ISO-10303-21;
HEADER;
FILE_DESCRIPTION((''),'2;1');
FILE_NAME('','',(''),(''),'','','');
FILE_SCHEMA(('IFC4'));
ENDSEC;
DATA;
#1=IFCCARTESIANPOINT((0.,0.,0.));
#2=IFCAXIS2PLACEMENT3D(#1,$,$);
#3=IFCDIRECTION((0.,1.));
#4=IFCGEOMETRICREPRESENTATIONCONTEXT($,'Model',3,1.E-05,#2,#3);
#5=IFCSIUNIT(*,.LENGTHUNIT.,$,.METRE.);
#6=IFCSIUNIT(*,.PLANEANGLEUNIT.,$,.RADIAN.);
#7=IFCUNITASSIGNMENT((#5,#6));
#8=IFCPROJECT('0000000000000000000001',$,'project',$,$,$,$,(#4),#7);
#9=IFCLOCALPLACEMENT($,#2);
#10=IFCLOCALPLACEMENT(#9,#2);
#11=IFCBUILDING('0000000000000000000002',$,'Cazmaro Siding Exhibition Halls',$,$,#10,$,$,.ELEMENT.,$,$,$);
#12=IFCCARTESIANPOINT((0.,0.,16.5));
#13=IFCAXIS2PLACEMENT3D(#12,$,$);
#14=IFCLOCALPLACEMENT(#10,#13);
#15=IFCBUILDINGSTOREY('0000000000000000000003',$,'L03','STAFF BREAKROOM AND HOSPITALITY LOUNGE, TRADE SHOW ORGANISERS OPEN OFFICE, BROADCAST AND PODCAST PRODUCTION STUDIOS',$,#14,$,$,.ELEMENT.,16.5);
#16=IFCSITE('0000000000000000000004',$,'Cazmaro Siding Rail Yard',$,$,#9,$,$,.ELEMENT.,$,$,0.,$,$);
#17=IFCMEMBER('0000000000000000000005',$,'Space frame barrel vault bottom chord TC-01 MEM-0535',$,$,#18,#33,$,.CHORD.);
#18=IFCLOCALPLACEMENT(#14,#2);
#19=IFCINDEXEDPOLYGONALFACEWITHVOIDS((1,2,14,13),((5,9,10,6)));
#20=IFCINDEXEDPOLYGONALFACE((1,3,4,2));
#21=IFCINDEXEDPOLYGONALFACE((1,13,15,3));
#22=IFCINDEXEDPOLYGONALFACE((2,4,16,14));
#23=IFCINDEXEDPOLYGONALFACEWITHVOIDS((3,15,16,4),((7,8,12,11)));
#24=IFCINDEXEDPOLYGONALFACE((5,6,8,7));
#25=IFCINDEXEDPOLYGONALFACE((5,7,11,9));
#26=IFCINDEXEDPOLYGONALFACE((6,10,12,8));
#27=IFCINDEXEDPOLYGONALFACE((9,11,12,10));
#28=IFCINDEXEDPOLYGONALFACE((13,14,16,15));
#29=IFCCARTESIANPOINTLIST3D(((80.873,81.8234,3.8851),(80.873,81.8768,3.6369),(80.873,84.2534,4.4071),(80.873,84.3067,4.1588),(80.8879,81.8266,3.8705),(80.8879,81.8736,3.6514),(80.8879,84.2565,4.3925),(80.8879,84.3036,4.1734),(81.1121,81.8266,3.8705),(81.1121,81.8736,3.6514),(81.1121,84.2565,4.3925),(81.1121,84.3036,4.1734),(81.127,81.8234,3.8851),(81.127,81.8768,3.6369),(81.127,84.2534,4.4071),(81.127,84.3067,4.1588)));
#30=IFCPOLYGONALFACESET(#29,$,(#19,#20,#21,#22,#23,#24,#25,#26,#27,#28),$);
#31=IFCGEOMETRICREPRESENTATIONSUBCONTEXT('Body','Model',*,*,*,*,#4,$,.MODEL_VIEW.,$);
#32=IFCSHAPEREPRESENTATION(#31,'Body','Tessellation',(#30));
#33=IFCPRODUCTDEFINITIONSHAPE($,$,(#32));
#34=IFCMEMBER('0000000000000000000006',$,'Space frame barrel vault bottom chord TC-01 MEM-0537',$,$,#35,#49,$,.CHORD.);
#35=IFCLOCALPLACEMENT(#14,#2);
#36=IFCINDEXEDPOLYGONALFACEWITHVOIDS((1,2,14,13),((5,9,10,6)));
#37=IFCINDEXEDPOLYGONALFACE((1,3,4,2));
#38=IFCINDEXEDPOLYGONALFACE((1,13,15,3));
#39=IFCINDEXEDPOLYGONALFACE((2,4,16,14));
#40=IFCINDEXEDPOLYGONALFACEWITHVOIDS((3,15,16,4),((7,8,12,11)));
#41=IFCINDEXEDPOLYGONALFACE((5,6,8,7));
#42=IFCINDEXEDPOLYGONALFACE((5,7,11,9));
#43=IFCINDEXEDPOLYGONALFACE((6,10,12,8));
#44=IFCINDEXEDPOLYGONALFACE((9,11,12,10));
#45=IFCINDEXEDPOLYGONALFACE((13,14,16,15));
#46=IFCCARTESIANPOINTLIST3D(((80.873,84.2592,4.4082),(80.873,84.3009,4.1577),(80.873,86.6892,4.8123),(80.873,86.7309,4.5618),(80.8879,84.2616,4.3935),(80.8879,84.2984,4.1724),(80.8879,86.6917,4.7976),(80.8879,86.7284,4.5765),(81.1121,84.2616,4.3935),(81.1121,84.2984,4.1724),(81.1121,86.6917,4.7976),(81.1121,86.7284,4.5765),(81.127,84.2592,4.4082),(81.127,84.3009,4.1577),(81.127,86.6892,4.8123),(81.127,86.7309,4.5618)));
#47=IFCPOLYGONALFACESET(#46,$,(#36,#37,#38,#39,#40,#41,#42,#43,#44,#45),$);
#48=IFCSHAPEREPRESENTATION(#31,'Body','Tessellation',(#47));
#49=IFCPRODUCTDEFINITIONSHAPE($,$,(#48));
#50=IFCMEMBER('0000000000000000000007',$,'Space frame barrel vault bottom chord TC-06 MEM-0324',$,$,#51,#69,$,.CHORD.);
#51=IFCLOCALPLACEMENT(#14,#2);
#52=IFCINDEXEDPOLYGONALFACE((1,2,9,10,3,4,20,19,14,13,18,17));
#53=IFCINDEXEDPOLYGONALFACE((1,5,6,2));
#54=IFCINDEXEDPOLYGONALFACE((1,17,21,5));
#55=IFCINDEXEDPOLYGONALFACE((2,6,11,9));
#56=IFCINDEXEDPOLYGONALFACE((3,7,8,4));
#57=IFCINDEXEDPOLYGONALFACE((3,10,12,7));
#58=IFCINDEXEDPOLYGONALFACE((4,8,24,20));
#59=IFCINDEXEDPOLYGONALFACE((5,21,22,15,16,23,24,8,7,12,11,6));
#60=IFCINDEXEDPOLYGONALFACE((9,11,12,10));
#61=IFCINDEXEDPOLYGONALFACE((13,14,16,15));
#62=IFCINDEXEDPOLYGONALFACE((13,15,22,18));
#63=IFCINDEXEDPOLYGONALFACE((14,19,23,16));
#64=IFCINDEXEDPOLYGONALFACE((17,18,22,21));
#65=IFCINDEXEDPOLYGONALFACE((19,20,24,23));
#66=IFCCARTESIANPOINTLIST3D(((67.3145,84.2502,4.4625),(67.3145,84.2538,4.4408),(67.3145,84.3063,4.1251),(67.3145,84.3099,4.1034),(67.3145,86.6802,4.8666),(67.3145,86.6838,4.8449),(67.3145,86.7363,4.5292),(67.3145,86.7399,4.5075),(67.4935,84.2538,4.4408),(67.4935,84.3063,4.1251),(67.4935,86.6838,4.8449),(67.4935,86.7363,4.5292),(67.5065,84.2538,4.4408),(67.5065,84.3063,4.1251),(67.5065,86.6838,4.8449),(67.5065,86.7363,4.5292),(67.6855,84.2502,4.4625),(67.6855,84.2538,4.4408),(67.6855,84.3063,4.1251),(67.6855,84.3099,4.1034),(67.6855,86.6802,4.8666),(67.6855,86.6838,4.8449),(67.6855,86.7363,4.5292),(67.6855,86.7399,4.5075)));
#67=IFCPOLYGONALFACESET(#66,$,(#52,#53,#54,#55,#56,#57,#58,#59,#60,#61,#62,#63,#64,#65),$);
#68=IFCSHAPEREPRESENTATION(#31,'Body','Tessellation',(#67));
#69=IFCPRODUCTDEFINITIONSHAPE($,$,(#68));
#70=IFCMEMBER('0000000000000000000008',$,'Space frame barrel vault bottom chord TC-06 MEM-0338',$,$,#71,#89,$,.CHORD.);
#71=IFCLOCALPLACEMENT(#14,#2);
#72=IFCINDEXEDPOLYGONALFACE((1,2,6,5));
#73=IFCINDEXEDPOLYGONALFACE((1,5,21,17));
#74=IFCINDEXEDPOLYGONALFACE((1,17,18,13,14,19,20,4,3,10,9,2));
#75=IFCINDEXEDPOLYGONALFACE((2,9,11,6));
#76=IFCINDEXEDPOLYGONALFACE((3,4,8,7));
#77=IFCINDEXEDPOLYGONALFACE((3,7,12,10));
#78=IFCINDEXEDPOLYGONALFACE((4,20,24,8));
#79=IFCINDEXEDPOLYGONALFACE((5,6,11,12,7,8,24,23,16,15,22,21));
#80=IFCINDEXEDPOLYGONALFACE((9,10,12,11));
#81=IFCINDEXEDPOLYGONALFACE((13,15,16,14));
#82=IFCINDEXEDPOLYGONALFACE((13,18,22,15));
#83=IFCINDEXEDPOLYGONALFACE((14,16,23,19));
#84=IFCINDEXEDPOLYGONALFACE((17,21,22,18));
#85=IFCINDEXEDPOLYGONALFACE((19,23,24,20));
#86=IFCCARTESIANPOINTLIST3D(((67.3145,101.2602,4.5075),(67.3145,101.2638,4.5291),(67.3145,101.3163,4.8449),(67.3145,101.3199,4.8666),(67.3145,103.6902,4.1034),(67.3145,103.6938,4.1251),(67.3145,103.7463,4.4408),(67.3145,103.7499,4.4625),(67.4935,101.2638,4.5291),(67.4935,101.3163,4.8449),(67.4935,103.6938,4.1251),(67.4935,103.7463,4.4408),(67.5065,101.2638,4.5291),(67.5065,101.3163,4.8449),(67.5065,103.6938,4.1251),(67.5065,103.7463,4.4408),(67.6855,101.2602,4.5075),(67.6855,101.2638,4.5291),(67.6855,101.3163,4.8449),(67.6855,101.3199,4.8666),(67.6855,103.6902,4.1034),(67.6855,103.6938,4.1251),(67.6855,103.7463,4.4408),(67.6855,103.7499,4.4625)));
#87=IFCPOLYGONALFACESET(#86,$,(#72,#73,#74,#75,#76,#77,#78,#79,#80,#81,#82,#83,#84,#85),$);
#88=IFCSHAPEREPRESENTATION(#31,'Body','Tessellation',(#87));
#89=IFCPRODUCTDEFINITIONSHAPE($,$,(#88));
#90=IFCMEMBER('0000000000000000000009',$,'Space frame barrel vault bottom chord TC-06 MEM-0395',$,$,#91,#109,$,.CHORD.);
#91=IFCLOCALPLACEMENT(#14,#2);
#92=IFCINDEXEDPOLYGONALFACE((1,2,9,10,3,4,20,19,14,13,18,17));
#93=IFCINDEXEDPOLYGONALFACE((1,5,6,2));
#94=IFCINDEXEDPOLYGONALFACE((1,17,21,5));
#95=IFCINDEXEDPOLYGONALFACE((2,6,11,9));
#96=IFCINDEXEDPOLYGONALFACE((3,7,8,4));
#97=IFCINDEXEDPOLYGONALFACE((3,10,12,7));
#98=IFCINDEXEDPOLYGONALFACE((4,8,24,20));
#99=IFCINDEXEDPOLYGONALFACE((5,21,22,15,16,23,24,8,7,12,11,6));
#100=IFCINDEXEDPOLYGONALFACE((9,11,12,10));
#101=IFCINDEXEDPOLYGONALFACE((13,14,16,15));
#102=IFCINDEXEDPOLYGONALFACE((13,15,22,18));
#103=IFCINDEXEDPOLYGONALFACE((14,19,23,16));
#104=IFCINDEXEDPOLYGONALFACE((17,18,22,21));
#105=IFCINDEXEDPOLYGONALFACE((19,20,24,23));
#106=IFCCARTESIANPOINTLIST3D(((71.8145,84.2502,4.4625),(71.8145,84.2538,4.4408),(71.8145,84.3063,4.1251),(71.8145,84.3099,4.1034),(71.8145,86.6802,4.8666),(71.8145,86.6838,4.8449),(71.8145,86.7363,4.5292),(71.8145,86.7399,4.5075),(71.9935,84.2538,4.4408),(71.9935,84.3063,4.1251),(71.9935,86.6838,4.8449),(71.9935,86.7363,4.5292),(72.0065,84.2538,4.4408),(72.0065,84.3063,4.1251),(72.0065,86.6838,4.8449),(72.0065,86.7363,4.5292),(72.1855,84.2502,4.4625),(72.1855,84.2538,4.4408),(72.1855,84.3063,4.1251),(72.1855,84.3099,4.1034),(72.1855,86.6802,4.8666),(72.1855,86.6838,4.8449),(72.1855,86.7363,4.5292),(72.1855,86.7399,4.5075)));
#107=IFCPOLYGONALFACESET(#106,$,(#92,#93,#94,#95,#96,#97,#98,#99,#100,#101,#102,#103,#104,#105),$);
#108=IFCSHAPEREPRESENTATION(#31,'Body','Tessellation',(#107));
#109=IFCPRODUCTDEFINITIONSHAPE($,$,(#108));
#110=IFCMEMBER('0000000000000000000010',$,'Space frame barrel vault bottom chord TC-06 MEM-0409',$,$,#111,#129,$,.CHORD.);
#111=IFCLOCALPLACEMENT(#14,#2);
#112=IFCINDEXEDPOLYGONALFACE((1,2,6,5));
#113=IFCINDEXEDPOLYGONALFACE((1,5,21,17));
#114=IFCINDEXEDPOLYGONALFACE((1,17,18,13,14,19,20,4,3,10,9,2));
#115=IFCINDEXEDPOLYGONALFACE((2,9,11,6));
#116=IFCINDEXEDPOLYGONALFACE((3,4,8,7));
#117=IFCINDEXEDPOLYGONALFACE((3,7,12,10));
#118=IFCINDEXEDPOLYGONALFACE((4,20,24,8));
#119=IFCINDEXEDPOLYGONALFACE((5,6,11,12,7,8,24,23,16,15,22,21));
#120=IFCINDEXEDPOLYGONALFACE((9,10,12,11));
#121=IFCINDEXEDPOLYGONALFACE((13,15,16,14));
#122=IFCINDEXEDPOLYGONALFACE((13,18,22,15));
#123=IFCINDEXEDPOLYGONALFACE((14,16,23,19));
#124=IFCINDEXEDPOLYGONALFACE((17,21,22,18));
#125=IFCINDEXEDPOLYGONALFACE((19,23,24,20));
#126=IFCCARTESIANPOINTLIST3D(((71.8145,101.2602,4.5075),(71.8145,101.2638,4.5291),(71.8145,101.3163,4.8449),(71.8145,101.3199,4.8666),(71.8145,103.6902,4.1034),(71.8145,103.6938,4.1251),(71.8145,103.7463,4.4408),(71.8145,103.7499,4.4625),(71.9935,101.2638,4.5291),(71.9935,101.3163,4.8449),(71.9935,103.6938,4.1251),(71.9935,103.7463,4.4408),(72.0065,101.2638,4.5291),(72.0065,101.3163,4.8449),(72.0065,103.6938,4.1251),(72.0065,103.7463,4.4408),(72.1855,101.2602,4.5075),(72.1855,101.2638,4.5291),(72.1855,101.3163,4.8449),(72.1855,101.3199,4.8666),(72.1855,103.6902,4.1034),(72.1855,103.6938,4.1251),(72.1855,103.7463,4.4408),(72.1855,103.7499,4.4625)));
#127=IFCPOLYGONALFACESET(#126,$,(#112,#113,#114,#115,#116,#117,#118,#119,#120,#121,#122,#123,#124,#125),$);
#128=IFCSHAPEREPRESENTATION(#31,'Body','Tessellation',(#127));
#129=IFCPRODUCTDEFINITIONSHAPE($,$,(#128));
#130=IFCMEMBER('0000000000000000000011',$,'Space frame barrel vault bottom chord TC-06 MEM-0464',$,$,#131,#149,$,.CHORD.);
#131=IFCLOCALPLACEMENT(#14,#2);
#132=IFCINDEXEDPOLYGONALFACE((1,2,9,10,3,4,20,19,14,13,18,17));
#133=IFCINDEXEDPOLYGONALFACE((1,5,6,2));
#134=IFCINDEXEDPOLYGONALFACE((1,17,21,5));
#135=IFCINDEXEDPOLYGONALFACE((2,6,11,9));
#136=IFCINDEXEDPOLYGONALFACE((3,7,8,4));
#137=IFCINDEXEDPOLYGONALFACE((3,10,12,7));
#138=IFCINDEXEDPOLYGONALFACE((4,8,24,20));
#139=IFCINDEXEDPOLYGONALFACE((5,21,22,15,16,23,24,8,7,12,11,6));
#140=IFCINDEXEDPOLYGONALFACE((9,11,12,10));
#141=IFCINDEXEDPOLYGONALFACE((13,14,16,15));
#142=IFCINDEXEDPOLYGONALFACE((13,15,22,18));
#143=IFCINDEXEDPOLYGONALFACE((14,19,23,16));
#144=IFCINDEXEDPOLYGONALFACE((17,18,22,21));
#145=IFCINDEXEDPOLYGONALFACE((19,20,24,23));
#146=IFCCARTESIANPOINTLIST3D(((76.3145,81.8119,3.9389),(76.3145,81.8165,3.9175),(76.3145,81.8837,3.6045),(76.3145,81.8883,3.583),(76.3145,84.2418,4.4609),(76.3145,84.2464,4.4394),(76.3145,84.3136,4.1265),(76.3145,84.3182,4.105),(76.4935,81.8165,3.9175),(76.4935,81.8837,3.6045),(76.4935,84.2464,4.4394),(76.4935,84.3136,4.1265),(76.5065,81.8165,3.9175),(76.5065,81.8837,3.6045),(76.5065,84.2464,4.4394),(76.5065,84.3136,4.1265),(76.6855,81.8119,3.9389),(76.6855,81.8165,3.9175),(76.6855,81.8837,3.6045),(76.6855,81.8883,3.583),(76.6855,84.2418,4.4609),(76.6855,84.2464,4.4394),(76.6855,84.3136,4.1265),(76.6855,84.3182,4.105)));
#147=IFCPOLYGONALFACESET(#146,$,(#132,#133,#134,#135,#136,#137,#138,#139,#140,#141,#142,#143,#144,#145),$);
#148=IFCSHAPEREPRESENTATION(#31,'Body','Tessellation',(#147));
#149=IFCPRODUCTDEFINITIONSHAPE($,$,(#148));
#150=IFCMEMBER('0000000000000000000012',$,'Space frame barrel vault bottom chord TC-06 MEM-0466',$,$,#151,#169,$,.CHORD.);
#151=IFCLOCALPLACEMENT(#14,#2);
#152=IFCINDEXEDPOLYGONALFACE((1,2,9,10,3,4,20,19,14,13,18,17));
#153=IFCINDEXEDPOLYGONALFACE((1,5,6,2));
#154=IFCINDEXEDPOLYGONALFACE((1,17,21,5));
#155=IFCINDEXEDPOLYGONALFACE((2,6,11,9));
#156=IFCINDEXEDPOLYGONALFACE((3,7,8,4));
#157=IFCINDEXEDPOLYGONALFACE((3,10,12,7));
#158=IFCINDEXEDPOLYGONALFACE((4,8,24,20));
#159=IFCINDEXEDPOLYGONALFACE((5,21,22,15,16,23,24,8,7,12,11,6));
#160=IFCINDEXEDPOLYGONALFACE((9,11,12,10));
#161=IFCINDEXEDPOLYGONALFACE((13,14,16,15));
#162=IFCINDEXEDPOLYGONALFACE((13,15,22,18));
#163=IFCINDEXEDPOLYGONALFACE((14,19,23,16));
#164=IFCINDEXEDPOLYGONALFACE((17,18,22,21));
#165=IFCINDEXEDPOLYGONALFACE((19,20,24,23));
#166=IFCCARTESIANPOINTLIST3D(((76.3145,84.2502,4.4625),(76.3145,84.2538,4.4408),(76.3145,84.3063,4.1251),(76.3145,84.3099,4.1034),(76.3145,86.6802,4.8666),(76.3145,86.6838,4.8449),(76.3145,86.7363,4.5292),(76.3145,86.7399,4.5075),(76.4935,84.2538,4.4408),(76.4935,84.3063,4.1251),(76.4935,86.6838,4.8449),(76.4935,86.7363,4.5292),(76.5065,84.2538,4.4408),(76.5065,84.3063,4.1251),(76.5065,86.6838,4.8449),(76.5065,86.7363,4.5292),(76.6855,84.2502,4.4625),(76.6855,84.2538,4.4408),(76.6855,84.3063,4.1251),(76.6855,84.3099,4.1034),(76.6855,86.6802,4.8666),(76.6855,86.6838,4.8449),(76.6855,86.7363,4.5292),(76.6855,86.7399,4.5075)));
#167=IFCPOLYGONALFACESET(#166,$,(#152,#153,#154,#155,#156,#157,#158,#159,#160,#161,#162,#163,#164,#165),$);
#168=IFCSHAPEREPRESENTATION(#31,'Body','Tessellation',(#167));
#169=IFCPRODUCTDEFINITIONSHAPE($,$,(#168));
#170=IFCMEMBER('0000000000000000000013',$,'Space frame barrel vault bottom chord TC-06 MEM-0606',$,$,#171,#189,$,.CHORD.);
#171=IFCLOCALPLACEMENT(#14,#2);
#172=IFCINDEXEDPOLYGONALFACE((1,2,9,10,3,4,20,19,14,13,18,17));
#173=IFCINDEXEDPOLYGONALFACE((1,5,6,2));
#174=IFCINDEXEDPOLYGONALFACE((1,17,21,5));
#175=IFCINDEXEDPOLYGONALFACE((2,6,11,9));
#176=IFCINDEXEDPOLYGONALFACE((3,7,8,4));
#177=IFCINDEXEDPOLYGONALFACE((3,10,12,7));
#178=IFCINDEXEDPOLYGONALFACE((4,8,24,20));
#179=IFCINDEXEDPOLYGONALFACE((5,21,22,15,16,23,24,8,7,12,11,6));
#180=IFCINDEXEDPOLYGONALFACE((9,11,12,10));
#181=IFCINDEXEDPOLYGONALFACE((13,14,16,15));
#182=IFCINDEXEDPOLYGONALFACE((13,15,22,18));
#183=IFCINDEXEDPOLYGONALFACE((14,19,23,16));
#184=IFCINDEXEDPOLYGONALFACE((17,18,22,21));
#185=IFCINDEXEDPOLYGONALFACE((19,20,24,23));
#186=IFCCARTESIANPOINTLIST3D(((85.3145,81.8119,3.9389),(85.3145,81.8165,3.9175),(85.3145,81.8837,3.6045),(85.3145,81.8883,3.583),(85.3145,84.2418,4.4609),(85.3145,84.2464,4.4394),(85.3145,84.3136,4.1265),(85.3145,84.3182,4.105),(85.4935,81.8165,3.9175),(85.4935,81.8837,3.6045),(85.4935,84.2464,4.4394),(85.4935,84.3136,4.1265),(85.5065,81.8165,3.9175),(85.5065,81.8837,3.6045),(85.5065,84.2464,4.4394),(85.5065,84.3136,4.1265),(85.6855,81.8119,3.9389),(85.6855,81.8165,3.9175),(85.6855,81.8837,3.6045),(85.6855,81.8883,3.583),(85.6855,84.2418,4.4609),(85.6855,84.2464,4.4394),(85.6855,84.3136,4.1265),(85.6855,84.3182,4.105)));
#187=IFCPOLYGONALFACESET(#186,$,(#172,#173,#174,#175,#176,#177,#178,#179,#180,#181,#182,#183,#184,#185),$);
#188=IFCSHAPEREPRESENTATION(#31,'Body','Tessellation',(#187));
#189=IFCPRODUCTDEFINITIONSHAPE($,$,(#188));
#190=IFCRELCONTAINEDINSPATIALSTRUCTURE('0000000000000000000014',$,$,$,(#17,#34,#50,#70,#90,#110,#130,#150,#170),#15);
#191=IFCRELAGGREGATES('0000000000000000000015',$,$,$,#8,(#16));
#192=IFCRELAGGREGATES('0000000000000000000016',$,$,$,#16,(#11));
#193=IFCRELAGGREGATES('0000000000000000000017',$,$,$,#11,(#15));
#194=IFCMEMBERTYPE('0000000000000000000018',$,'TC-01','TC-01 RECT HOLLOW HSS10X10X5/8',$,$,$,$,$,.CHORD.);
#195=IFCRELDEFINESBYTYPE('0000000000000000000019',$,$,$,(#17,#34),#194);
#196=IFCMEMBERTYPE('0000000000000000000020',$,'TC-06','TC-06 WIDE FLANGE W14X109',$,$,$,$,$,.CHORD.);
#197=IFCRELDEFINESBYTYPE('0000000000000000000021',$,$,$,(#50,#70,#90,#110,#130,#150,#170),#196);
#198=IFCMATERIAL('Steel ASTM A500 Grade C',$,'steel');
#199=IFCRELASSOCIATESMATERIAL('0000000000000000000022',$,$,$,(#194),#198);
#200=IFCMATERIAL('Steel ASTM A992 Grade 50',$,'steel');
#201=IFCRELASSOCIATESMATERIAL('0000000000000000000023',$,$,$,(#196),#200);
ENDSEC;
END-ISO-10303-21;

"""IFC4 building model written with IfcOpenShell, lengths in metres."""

from ifc_helpers import new_model, si_unit, direction, frame, origin, origin_2d, place, context, subcontext, project, spatial, hollow_rectangle, i_section, extrude, material, material_profile, profile_set, type_object, element, save


model = new_model("IFC4")

# Units and contexts
model_context = context("Model", 3, precision=1e-05, world=origin(), true_north=direction((0.0, 1.0)))
body_context = subcontext(model_context, "Body", "Model", "MODEL_VIEW")
ifc_project = project(units=[si_unit("LENGTHUNIT", "METRE"), si_unit("PLANEANGLEUNIT", "RADIAN")], contexts=[model_context])

# Site, building, storey
site_placement = place(None, origin())
site = spatial("IfcSite", under=ifc_project, at=site_placement, Name="Cazmaro Siding Rail Yard", CompositionType="ELEMENT", RefElevation=0.0)
building_placement = place(site_placement, origin())
building = spatial("IfcBuilding", under=site, at=building_placement, Name="Cazmaro Siding Exhibition Halls", CompositionType="ELEMENT")
storey_placement = place(building_placement, frame((0.0, 0.0, 16.5)))
storey = spatial("IfcBuildingStorey", under=building, at=storey_placement, Name="L03", Description="STAFF BREAKROOM AND HOSPITALITY LOUNGE, TRADE SHOW ORGANISERS OPEN OFFICE, BROADCAST AND PODCAST PRODUCTION STUDIOS", CompositionType="ELEMENT", Elevation=16.5)

# Members
ifc_material_1 = material(Name="Steel ASTM A500 Grade C", Category="steel")
ifc_material_profile_1 = material_profile(ifc_material_1, hollow_rectangle(XDim=0.2539, YDim=0.2539, WallThickness=0.0149, at=origin_2d()), Name="HSS10X10X5/8")
ifc_profile_set_1 = profile_set([ifc_material_profile_1], Name="Steel ASTM A500 Grade C")
member_type_1 = type_object("IfcMemberType", Name="TC-01", Description="TC-01 RECT HOLLOW HSS10X10X5/8", PredefinedType="CHORD", material=ifc_profile_set_1)
member_1_placement = place(storey_placement, frame((81.0, 81.8501, 3.761), z_axis=(0.0, 0.977697, 0.210019), x_axis=(-1.0, 0.0, 0.0)))
element("IfcMember", 1, at=member_1_placement, inside=storey, type_object=member_type_1, Name="Space frame barrel vault bottom chord TC-01 MEM-0535", PredefinedType="CHORD", context=body_context, shape_type="SweptSolid", body=[
    extrude(hollow_rectangle(XDim=0.2539, YDim=0.2539, WallThickness=0.0149, at=origin_2d()), origin(), (0.0, 0.0, 1.0), 2.4854),
])
member_2_placement = place(storey_placement, frame((81.0, 84.28, 4.283), z_axis=(0.0, 0.986455, 0.164029), x_axis=(-1.0, 0.0, 0.0)))
element("IfcMember", 2, at=member_2_placement, inside=storey, type_object=member_type_1, Name="Space frame barrel vault bottom chord TC-01 MEM-0537", PredefinedType="CHORD", context=body_context, shape_type="SweptSolid", body=[
    extrude(hollow_rectangle(XDim=0.2539, YDim=0.2539, WallThickness=0.0149, at=origin_2d()), origin(), (0.0, 0.0, 1.0), 2.4634),
])
ifc_material_2 = material(Name="Steel ASTM A992 Grade 50", Category="steel")
ifc_material_profile_2 = material_profile(ifc_material_2, i_section(OverallWidth=0.3711, OverallDepth=0.364, WebThickness=0.0129, FlangeThickness=0.022, at=origin_2d()), Name="W14X109")
ifc_profile_set_2 = profile_set([ifc_material_profile_2], Name="Steel ASTM A992 Grade 50")
member_type_2 = type_object("IfcMemberType", Name="TC-06", Description="TC-06 WIDE FLANGE W14X109", PredefinedType="CHORD", material=ifc_profile_set_2)
for number, where, z_axis, x_axis, name in (
    (3, (67.5, 84.28, 4.283), (0.0, 0.986455, 0.164029), (-1.0, 0.0, 0.0), "Space frame barrel vault bottom chord TC-06 MEM-0324"),
    (4, (67.5, 101.29, 4.687), (0.0, 0.986455, -0.164029), (-1.0, 0.0, 0.0), "Space frame barrel vault bottom chord TC-06 MEM-0338"),
    (5, (72.0, 84.28, 4.283), (0.0, 0.986455, 0.164029), (-1.0, 0.0, 0.0), "Space frame barrel vault bottom chord TC-06 MEM-0395"),
    (6, (72.0, 101.29, 4.687), (0.0, 0.986455, -0.164029), (-1.0, 0.0, 0.0), "Space frame barrel vault bottom chord TC-06 MEM-0409"),
):
    element("IfcMember", number, at=place(storey_placement, frame(where, z_axis=z_axis, x_axis=x_axis)), inside=storey, type_object=member_type_2, Name=name, PredefinedType="CHORD", context=body_context, shape_type="SweptSolid", body=[
        extrude(i_section(OverallWidth=0.3711, OverallDepth=0.364, WebThickness=0.0129, FlangeThickness=0.022, at=origin_2d()), origin(), (0.0, 0.0, 1.0), 2.4634),
    ])
member_3_placement = place(storey_placement, frame((76.5, 81.8501, 3.761), z_axis=(0.0, 0.977697, 0.210019), x_axis=(-1.0, 0.0, 0.0)))
element("IfcMember", 7, at=member_3_placement, inside=storey, type_object=member_type_2, Name="Space frame barrel vault bottom chord TC-06 MEM-0464", PredefinedType="CHORD", context=body_context, shape_type="SweptSolid", body=[
    extrude(i_section(OverallWidth=0.3711, OverallDepth=0.364, WebThickness=0.0129, FlangeThickness=0.022, at=origin_2d()), origin(), (0.0, 0.0, 1.0), 2.4854),
])
member_4_placement = place(storey_placement, frame((76.5, 84.28, 4.283), z_axis=(0.0, 0.986455, 0.164029), x_axis=(-1.0, 0.0, 0.0)))
element("IfcMember", 8, at=member_4_placement, inside=storey, type_object=member_type_2, Name="Space frame barrel vault bottom chord TC-06 MEM-0466", PredefinedType="CHORD", context=body_context, shape_type="SweptSolid", body=[
    extrude(i_section(OverallWidth=0.3711, OverallDepth=0.364, WebThickness=0.0129, FlangeThickness=0.022, at=origin_2d()), origin(), (0.0, 0.0, 1.0), 2.4634),
])
member_5_placement = place(storey_placement, frame((85.5, 81.8501, 3.761), z_axis=(0.0, 0.977697, 0.210019), x_axis=(-1.0, 0.0, 0.0)))
element("IfcMember", 9, at=member_5_placement, inside=storey, type_object=member_type_2, Name="Space frame barrel vault bottom chord TC-06 MEM-0606", PredefinedType="CHORD", context=body_context, shape_type="SweptSolid", body=[
    extrude(i_section(OverallWidth=0.3711, OverallDepth=0.364, WebThickness=0.0129, FlangeThickness=0.022, at=origin_2d()), origin(), (0.0, 0.0, 1.0), 2.4854),
])

save(model, "model.ifc")
